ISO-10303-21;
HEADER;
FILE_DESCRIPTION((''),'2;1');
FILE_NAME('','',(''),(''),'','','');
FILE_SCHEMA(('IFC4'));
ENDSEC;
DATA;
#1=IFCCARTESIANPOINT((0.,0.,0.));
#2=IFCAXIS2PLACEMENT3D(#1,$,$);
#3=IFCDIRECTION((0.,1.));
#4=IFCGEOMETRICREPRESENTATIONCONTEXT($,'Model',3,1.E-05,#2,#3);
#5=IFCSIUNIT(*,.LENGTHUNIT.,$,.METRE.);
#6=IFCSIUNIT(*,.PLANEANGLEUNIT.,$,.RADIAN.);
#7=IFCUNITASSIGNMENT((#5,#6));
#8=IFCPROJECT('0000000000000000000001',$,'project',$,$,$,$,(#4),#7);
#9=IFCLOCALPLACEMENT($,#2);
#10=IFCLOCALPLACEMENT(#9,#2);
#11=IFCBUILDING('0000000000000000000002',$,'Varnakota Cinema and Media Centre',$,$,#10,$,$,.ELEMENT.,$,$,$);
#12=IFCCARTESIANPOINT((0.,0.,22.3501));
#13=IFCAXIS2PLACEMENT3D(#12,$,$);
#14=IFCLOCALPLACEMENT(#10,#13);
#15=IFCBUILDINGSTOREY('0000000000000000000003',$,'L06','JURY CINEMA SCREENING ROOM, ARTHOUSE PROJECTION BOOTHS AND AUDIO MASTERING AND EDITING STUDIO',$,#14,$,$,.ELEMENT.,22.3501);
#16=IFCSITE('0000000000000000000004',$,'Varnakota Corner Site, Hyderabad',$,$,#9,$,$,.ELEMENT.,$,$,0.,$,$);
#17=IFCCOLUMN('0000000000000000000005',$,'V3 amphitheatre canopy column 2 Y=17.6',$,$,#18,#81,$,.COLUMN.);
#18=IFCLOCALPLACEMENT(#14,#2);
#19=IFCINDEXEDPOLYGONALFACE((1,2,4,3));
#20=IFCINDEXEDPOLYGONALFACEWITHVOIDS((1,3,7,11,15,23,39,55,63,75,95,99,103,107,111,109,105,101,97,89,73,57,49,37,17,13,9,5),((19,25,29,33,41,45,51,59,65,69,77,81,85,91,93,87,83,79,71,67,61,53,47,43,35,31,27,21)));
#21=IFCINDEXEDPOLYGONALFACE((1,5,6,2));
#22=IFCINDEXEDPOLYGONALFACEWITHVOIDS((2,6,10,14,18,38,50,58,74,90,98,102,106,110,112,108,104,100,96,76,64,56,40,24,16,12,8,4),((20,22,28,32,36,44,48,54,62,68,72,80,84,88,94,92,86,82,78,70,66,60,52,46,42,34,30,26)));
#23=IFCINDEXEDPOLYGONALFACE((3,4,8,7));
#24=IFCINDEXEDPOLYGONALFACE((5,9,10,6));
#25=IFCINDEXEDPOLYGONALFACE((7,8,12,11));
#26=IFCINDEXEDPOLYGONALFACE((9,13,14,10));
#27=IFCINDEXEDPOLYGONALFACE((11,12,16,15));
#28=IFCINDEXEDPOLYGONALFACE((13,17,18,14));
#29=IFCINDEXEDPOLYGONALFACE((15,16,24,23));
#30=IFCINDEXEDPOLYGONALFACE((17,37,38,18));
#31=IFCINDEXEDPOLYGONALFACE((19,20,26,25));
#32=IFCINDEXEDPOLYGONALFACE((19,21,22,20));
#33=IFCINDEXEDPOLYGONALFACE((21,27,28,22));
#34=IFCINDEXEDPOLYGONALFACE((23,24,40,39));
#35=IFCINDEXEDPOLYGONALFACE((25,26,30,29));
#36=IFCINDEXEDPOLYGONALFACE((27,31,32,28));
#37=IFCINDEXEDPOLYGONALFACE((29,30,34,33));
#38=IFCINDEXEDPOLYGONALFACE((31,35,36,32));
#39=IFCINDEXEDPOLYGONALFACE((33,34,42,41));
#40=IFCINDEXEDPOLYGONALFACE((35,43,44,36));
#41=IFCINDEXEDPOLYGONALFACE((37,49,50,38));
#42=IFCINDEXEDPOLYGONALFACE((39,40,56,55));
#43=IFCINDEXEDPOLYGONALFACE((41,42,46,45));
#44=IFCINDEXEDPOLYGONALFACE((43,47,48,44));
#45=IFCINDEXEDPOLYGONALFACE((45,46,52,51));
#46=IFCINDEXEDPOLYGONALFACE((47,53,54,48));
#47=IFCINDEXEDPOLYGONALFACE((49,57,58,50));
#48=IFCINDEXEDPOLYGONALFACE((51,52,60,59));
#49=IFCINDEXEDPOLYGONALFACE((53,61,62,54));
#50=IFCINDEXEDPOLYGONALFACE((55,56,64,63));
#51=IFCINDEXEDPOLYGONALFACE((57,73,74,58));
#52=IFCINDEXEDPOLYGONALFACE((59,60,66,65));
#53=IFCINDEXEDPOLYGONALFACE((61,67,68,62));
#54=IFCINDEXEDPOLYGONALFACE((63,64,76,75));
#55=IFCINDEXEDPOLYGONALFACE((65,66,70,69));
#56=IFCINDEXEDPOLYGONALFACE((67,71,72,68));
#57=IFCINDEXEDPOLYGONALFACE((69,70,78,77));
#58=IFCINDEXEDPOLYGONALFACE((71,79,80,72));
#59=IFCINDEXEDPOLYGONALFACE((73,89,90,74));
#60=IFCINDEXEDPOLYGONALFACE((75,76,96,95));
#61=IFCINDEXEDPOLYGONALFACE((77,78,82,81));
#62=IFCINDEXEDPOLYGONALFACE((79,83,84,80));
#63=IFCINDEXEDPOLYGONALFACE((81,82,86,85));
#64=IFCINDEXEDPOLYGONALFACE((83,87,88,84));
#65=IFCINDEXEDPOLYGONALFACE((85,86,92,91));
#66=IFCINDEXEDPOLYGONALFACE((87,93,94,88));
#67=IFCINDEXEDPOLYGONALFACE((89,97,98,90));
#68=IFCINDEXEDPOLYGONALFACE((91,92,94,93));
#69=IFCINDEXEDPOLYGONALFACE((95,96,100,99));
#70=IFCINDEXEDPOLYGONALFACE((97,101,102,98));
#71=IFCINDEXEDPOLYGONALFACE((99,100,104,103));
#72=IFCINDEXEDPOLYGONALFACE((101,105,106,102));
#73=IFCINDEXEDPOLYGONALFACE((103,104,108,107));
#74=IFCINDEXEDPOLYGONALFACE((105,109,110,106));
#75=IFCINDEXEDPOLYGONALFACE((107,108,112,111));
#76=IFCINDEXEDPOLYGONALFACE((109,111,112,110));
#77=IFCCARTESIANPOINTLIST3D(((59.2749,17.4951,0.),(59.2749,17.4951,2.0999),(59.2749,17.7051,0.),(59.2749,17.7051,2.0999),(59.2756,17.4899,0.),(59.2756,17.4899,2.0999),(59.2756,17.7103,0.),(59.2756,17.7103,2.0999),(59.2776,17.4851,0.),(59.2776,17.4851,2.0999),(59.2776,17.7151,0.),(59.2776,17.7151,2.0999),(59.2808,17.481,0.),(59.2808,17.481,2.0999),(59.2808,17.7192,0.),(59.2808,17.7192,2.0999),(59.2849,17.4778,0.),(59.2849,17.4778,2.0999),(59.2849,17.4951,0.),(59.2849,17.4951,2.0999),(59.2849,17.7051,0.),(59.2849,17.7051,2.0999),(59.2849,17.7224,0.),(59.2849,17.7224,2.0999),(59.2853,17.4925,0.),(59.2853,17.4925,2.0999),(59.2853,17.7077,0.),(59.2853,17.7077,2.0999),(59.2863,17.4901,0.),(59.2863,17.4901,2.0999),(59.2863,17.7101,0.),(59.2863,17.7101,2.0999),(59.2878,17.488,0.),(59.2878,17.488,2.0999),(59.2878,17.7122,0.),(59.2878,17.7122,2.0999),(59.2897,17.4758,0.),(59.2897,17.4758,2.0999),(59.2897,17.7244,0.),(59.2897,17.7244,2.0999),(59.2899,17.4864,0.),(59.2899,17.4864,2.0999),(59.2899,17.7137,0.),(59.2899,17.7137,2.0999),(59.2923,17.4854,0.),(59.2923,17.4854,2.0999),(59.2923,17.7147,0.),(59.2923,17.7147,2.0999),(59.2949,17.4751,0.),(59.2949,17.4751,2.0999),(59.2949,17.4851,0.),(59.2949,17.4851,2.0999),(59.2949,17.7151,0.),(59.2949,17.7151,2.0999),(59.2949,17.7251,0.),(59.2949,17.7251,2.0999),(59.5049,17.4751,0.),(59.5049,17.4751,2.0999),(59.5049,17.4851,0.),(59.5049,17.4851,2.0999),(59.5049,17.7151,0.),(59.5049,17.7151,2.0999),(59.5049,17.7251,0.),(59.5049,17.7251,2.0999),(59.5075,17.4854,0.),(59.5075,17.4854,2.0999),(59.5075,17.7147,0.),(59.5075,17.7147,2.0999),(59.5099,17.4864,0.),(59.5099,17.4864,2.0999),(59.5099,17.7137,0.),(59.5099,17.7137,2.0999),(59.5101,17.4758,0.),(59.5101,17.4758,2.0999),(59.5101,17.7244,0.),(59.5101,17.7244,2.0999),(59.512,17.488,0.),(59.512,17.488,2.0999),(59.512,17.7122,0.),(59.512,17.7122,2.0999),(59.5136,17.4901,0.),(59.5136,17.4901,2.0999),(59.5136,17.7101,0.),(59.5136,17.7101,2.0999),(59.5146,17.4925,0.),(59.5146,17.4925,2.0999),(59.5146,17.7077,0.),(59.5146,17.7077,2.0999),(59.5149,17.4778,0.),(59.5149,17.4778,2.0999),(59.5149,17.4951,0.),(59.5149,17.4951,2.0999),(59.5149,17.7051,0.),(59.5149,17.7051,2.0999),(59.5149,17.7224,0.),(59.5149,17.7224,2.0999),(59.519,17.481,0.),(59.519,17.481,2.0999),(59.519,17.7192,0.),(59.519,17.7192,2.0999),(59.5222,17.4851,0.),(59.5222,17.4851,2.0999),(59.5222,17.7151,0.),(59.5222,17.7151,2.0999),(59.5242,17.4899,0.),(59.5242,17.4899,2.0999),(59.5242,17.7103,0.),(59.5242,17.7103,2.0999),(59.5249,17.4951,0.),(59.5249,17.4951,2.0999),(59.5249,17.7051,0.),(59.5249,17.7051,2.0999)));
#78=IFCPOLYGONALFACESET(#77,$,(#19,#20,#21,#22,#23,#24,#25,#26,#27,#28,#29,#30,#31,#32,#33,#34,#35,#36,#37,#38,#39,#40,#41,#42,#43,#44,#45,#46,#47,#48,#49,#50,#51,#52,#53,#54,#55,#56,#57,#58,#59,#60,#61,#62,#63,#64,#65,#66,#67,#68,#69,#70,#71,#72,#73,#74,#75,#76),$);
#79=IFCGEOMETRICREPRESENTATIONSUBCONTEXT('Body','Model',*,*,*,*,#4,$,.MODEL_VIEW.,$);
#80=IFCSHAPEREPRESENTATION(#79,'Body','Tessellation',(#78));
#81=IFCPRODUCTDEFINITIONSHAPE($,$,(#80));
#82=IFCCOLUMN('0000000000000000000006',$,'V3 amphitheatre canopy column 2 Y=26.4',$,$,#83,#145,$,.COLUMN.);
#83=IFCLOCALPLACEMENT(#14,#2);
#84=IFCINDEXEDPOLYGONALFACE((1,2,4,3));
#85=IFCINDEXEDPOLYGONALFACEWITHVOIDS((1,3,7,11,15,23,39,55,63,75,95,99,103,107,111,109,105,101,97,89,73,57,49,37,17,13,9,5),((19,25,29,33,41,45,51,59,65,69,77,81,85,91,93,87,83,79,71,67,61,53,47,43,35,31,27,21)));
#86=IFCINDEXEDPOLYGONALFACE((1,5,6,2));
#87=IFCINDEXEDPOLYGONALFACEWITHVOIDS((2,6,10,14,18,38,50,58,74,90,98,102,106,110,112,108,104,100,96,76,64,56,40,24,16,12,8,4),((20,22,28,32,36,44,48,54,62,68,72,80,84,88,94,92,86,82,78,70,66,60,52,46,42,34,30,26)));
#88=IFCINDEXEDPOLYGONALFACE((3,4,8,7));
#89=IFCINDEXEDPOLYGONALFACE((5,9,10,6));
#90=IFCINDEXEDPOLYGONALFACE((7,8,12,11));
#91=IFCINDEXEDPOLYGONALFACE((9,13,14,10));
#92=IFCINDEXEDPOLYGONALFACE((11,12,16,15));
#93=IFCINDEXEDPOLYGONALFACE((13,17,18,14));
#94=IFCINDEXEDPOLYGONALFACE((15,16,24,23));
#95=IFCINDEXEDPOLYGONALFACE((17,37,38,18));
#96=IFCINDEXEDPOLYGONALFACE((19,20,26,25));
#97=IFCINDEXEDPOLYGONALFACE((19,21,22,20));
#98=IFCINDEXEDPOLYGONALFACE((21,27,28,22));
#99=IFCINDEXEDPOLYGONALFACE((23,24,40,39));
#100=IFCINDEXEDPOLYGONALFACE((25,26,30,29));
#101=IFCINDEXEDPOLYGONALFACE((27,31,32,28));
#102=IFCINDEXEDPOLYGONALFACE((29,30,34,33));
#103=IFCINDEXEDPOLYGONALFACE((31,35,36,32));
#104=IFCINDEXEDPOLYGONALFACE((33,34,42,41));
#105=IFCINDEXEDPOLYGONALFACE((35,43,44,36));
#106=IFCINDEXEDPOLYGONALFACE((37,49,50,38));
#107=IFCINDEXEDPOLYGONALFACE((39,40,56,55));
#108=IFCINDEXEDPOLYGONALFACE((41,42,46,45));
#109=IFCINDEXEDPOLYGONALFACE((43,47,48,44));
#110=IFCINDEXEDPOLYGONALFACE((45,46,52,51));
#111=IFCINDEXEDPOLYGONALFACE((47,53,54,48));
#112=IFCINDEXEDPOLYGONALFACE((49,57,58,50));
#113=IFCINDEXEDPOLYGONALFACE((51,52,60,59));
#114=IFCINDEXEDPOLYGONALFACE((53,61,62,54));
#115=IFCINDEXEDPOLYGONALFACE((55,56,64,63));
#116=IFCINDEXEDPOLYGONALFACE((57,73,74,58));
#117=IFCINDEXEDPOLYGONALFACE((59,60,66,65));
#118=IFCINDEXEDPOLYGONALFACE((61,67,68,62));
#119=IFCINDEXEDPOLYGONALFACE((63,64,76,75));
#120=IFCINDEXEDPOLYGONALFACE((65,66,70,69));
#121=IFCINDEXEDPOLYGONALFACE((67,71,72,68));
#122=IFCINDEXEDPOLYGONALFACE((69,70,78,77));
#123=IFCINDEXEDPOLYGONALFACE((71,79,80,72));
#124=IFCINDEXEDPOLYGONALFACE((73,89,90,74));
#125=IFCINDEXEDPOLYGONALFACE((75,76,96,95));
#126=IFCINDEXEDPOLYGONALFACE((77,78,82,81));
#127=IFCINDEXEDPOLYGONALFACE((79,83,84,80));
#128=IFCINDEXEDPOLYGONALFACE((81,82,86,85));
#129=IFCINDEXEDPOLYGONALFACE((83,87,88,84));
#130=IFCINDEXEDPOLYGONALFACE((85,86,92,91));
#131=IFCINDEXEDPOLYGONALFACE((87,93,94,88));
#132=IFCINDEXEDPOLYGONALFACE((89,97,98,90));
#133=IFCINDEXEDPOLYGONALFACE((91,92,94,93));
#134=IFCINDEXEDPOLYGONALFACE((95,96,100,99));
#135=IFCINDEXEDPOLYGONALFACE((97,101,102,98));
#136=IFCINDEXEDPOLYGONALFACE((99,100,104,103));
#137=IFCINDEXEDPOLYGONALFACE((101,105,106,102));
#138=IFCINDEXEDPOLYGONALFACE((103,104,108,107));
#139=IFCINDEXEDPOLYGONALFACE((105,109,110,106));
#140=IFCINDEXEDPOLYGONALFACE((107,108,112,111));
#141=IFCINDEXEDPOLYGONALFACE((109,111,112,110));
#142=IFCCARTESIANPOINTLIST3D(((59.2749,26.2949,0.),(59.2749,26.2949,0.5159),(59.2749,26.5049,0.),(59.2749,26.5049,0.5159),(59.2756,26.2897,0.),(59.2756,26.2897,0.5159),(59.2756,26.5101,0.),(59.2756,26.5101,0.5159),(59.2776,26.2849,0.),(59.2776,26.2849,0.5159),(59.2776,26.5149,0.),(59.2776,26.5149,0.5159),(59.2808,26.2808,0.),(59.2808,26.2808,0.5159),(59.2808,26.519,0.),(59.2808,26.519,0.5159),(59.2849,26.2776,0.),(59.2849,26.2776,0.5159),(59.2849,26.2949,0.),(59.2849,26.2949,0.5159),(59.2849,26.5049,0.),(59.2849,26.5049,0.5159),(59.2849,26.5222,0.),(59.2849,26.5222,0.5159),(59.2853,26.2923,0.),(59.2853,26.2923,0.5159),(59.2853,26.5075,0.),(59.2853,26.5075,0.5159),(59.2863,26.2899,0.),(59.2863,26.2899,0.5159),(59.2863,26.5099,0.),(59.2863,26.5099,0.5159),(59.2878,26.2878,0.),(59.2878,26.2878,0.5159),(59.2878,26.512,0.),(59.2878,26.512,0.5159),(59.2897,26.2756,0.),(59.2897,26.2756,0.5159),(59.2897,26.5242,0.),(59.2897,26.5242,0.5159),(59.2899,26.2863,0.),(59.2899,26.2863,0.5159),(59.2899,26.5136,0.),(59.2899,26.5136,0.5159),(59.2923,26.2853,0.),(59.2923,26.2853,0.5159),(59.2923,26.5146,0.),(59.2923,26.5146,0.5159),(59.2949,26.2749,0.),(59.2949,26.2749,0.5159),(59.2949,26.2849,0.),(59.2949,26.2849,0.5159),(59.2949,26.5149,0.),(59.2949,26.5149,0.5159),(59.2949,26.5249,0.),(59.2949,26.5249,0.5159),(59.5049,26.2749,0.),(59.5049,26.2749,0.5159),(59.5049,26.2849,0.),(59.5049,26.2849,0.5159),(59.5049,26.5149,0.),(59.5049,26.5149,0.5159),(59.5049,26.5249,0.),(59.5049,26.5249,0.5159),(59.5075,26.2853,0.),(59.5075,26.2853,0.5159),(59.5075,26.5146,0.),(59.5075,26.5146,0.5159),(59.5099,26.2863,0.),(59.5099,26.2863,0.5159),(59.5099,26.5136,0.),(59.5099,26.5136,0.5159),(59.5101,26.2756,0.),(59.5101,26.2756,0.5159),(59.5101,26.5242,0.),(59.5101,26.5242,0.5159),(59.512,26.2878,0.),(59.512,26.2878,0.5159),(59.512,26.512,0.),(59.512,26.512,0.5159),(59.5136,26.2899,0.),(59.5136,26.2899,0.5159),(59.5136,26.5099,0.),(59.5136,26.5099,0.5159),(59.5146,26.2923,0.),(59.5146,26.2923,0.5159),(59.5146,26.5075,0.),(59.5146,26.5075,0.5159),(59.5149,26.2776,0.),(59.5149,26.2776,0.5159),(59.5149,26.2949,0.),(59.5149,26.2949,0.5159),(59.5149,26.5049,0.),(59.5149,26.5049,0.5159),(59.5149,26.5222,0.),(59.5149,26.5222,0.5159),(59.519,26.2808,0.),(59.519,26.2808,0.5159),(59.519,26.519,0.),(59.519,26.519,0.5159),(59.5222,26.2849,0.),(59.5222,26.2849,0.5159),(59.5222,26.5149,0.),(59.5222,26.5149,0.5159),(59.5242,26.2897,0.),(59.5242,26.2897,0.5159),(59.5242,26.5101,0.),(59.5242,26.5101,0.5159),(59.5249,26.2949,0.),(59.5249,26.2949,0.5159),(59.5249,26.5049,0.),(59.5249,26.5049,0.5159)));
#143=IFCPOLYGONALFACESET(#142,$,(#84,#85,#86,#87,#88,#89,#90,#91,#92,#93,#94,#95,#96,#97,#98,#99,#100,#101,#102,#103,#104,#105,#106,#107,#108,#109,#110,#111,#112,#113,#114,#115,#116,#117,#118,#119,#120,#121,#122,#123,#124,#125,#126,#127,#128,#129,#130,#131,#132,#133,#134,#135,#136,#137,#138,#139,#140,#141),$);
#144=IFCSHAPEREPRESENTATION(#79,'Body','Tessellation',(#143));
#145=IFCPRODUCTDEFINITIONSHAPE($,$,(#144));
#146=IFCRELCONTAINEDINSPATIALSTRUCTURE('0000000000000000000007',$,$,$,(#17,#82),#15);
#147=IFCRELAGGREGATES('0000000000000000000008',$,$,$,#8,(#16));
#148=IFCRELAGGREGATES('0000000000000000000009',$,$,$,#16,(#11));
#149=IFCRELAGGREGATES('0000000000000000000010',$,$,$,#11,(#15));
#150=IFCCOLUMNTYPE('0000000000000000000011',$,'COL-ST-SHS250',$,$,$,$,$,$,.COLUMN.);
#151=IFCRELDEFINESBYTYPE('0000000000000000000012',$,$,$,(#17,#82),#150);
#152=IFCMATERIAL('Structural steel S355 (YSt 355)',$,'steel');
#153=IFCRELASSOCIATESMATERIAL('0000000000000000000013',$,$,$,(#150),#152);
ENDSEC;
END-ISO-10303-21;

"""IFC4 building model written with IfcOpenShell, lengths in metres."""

from ifc_helpers import new_model, si_unit, direction, frame, origin, origin_2d, place, context, subcontext, project, spatial, hollow_rectangle, extrude, material, material_profile, profile_set, type_object, element, save


model = new_model("IFC4")

# Units and contexts
model_context = context("Model", 3, precision=1e-05, world=origin(), true_north=direction((0.0, 1.0)))
body_context = subcontext(model_context, "Body", "Model", "MODEL_VIEW")
ifc_project = project(units=[si_unit("LENGTHUNIT", "METRE"), si_unit("PLANEANGLEUNIT", "RADIAN")], contexts=[model_context])

# Site, building, storey
site_placement = place(None, origin())
site = spatial("IfcSite", under=ifc_project, at=site_placement, Name="Varnakota Corner Site, Hyderabad", CompositionType="ELEMENT", RefElevation=0.0)
building_placement = place(site_placement, origin())
building = spatial("IfcBuilding", under=site, at=building_placement, Name="Varnakota Cinema and Media Centre", CompositionType="ELEMENT")
storey_placement = place(building_placement, frame((0.0, 0.0, 22.3501)))
storey = spatial("IfcBuildingStorey", under=building, at=storey_placement, Name="L06", Description="JURY CINEMA SCREENING ROOM, ARTHOUSE PROJECTION BOOTHS AND AUDIO MASTERING AND EDITING STUDIO", CompositionType="ELEMENT", Elevation=22.3501)

# Columns
ifc_material_1 = material(Name="Structural steel S355 (YSt 355)", Category="steel")
ifc_material_profile_1 = material_profile(ifc_material_1, hollow_rectangle(XDim=0.25, YDim=0.25, WallThickness=0.01, InnerFilletRadius=0.01, OuterFilletRadius=0.02, at=origin_2d()), Name="SHS 250x250x10")
ifc_profile_set_1 = profile_set([ifc_material_profile_1], Name="Structural steel S355 (YSt 355)")
column_type_1 = type_object("IfcColumnType", Name="COL-ST-SHS250", PredefinedType="COLUMN", material=ifc_profile_set_1)
column_1_placement = place(storey_placement, frame((59.3999, 17.6001, 0.0), z_axis=(0.0, 0.0, 1.0), x_axis=(1.0, 0.0, 0.0)))
element("IfcColumn", 1, at=column_1_placement, inside=storey, type_object=column_type_1, Name="V3 amphitheatre canopy column 2 Y=17.6", PredefinedType="COLUMN", context=body_context, shape_type="SweptSolid", body=[
    extrude(hollow_rectangle(XDim=0.25, YDim=0.25, WallThickness=0.01, InnerFilletRadius=0.01, OuterFilletRadius=0.02, at=origin_2d()), origin(), (0.0, 0.0, 1.0), 2.0999),
])
column_2_placement = place(storey_placement, frame((59.3999, 26.3999, 0.0), z_axis=(0.0, 0.0, 1.0), x_axis=(1.0, 0.0, 0.0)))
element("IfcColumn", 2, at=column_2_placement, inside=storey, type_object=column_type_1, Name="V3 amphitheatre canopy column 2 Y=26.4", PredefinedType="COLUMN", context=body_context, shape_type="SweptSolid", body=[
    extrude(hollow_rectangle(XDim=0.25, YDim=0.25, WallThickness=0.01, InnerFilletRadius=0.01, OuterFilletRadius=0.02, at=origin_2d()), origin(), (0.0, 0.0, 1.0), 0.5159),
])

save(model, "model.ifc")
